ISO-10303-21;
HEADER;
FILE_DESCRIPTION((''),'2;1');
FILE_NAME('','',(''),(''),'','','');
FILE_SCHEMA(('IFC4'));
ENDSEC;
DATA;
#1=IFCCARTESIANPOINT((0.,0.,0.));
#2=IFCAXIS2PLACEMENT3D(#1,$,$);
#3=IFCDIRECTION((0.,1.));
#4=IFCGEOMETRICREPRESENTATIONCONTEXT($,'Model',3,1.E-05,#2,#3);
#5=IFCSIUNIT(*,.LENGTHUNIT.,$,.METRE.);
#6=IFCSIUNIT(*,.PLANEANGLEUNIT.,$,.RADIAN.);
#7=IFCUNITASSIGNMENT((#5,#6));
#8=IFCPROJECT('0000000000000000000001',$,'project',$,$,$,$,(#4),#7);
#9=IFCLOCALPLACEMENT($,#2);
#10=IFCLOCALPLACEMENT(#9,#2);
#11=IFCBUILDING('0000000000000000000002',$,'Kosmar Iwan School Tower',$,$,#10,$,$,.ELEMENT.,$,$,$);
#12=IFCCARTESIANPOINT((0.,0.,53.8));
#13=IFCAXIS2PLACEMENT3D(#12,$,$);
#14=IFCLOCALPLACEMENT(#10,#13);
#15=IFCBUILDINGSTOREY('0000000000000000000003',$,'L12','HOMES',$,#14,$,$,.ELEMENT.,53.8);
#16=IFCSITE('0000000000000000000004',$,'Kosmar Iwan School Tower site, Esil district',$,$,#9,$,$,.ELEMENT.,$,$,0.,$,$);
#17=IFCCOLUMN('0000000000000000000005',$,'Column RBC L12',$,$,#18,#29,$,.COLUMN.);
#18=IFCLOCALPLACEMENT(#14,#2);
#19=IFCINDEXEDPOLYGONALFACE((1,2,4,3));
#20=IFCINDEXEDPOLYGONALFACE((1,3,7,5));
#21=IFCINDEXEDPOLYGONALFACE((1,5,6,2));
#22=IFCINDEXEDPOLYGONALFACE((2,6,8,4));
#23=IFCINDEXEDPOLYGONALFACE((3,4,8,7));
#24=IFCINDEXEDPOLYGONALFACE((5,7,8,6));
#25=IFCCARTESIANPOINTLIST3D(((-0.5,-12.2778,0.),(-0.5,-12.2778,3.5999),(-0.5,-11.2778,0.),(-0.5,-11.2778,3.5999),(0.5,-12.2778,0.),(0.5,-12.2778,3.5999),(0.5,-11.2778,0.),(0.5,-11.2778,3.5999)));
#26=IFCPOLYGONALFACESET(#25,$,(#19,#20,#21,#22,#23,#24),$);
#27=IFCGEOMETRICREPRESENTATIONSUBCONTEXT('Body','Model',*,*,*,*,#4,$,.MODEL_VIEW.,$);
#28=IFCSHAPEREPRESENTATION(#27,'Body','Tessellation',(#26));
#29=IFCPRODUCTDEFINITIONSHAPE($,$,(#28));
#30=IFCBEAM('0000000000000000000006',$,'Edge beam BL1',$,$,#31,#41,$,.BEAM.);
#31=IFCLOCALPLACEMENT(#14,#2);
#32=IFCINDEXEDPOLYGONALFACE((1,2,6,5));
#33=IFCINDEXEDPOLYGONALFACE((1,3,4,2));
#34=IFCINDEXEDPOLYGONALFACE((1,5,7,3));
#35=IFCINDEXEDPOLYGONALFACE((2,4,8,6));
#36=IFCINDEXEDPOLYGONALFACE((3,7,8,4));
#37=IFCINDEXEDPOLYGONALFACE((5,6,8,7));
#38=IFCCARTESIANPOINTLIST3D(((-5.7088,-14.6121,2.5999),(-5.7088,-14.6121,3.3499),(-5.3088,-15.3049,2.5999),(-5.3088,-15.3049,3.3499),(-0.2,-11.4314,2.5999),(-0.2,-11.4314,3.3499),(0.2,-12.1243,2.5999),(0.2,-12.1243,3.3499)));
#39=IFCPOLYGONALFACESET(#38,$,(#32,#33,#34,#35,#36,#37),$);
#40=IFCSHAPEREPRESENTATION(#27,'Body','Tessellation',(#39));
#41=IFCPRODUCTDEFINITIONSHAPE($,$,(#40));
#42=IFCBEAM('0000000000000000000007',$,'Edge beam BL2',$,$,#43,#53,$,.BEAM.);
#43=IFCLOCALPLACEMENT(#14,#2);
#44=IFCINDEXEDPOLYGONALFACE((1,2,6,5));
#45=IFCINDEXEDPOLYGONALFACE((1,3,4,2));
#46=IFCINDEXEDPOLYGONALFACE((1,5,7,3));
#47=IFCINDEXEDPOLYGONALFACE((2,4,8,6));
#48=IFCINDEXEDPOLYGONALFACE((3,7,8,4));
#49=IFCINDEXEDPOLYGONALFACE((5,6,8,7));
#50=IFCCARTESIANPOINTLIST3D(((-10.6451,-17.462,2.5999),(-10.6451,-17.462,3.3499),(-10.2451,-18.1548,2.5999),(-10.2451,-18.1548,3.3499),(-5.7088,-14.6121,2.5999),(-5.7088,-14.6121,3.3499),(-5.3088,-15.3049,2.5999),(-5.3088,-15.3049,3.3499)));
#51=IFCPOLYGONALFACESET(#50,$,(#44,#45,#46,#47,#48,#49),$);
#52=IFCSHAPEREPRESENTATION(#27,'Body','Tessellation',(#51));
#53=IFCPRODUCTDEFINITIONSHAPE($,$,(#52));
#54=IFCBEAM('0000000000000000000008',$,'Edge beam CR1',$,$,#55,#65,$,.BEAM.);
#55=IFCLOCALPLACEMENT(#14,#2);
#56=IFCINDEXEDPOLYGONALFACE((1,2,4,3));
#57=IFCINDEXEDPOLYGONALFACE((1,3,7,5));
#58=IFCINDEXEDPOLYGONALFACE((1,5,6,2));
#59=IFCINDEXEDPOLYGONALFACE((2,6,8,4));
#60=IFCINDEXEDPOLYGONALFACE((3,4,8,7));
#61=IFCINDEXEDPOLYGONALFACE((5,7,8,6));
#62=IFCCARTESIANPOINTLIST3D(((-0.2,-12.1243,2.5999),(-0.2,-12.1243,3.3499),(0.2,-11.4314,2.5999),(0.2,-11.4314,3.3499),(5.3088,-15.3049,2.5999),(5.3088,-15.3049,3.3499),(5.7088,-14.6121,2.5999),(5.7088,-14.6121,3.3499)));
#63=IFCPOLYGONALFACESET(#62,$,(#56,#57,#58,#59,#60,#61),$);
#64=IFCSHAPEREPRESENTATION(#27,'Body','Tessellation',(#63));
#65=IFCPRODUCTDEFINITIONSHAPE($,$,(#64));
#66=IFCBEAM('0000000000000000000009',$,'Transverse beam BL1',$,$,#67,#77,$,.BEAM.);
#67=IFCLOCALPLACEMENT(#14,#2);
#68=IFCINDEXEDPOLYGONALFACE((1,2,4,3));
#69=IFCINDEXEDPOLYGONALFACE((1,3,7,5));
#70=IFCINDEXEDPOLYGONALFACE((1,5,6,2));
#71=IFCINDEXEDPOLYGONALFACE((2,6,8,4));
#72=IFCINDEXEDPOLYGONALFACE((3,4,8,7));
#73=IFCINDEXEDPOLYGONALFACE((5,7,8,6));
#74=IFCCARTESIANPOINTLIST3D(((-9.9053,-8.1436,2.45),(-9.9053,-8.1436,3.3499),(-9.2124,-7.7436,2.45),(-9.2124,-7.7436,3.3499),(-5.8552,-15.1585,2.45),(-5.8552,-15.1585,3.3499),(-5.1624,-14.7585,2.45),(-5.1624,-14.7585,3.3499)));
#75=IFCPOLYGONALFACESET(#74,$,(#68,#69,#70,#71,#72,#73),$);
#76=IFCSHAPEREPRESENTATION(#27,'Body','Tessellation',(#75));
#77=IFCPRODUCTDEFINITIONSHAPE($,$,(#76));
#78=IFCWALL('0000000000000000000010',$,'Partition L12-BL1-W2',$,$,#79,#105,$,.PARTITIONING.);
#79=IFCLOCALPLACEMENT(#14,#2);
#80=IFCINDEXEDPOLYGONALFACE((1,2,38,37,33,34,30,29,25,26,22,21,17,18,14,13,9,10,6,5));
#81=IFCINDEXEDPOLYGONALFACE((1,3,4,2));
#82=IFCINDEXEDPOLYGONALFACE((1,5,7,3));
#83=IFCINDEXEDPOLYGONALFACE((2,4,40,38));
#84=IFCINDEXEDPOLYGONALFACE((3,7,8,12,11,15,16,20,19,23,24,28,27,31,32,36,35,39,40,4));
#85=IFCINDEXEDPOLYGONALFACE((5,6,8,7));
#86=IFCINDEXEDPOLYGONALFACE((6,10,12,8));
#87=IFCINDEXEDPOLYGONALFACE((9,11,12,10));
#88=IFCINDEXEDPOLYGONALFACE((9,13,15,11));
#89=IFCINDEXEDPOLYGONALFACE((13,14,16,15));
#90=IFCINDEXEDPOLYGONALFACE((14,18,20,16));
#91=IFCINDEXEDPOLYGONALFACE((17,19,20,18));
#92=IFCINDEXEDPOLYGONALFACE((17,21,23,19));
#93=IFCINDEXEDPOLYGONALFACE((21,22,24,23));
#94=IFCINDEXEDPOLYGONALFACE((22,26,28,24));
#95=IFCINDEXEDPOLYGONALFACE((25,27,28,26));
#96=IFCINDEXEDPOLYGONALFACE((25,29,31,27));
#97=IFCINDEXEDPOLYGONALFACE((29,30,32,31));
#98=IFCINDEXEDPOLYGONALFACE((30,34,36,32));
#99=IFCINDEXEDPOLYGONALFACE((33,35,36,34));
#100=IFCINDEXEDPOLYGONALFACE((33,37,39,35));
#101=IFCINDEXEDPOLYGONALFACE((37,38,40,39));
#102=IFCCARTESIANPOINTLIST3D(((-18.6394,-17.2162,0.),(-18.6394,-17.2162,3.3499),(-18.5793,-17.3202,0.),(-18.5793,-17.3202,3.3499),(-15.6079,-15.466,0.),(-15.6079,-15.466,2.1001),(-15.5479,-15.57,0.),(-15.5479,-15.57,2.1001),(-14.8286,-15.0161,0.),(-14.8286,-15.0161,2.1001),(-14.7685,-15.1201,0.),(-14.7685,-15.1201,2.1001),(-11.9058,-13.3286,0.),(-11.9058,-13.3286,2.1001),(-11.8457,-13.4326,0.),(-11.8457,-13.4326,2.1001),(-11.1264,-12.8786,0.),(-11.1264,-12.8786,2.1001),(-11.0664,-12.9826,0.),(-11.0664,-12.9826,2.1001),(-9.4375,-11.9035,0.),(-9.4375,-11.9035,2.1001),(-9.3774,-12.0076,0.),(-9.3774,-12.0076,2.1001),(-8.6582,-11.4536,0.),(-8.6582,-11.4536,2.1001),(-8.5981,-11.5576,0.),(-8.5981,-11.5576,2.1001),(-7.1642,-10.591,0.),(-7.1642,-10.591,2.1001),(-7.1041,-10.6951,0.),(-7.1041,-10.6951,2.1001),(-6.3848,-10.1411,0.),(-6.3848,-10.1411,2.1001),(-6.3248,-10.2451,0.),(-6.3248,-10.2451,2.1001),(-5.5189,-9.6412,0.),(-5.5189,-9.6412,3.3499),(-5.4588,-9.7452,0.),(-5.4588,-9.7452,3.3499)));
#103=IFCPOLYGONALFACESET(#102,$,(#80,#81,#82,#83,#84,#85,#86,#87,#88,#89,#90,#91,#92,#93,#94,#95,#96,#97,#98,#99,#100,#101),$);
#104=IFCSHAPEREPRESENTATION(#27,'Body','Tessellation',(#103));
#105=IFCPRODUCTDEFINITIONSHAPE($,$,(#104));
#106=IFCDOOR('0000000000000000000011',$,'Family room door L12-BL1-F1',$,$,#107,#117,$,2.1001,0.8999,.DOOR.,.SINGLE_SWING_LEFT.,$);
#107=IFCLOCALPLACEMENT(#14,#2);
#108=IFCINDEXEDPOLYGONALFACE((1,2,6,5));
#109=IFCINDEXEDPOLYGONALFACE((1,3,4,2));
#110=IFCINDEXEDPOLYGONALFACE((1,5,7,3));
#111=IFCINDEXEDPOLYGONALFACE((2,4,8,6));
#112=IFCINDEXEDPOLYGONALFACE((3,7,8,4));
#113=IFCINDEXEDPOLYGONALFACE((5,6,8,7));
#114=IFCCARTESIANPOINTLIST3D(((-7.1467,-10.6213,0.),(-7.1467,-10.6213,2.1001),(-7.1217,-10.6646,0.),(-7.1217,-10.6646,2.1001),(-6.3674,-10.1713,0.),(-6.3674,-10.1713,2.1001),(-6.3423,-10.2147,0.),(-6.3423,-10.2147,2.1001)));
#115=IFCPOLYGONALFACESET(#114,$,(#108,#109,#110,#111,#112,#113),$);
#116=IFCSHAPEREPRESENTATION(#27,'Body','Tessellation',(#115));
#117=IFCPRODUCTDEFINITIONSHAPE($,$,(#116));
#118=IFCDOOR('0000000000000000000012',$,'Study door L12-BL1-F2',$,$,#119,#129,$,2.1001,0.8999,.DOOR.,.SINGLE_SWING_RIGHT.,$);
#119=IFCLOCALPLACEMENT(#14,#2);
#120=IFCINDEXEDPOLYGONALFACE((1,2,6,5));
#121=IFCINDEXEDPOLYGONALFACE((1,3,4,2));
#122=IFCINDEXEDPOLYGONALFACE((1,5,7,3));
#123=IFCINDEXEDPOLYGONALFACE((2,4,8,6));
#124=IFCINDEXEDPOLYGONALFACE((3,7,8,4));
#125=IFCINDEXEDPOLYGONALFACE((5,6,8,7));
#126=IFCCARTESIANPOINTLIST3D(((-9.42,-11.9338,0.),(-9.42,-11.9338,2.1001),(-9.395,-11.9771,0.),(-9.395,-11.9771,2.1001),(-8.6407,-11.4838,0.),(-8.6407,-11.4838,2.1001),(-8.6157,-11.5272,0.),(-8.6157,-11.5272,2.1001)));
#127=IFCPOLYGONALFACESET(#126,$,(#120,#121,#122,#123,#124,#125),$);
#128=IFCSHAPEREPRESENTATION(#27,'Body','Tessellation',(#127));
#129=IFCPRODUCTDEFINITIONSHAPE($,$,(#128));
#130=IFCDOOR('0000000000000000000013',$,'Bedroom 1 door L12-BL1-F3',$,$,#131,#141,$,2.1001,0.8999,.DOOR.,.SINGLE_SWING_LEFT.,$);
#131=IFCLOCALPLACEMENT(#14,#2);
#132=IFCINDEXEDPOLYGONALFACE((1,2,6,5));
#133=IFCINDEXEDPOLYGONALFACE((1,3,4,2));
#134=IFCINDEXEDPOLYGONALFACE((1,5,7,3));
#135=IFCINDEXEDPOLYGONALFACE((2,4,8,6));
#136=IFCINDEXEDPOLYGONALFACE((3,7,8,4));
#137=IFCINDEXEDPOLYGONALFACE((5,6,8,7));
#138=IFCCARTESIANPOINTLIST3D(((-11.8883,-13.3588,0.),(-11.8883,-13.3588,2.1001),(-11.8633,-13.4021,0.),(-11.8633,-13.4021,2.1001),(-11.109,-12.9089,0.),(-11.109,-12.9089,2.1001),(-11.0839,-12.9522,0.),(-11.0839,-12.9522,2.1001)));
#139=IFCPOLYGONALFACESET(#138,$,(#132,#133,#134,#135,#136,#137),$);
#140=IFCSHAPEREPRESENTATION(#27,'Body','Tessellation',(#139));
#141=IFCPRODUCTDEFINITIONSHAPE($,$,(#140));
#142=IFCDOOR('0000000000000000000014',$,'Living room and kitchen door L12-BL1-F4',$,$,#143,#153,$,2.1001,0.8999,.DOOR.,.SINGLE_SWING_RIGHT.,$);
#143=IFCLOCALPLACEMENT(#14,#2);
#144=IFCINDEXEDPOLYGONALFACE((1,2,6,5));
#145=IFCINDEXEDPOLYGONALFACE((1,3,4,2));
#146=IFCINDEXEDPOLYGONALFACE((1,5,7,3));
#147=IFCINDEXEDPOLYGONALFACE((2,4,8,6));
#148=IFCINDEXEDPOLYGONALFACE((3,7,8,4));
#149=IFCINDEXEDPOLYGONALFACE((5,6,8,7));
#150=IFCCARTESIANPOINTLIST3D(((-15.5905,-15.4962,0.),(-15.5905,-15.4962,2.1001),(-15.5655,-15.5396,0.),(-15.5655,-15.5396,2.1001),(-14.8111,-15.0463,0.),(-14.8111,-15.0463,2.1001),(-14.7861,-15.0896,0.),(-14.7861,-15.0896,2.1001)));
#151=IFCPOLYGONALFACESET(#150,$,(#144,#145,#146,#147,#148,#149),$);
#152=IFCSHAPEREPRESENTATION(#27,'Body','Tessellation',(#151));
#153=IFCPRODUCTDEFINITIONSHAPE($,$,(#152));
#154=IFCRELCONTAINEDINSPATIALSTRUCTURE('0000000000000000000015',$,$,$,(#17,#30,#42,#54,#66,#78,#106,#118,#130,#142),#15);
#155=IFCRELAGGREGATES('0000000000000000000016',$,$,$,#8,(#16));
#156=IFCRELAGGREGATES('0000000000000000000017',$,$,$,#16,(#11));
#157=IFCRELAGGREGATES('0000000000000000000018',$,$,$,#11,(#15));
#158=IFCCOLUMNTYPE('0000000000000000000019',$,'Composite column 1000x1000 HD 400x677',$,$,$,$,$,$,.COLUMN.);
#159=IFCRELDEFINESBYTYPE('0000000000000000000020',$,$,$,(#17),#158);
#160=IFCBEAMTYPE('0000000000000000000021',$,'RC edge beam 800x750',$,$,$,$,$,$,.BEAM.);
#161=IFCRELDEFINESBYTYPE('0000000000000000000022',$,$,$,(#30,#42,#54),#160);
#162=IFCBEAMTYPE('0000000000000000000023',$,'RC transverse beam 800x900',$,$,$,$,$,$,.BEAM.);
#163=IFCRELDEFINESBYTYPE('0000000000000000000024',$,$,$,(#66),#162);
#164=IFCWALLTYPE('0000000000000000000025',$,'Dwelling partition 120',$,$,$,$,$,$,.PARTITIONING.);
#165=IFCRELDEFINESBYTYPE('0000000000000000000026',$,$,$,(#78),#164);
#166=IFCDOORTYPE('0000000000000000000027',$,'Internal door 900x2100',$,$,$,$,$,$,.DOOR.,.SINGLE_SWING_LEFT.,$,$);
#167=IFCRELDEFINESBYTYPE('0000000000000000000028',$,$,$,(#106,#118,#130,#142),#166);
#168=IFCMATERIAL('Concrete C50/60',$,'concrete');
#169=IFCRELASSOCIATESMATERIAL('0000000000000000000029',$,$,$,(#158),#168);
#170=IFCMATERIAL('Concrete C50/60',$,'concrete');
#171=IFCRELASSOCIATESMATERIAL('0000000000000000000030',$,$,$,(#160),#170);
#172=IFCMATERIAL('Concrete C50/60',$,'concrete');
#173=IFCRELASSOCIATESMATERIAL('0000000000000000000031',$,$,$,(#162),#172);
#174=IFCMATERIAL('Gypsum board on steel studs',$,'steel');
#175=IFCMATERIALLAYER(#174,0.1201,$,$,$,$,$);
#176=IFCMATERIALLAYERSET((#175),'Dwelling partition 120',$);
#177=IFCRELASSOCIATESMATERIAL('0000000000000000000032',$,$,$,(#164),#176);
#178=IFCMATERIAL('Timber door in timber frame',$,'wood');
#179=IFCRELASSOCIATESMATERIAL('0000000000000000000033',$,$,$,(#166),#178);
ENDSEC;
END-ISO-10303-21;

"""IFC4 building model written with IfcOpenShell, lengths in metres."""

from ifc_helpers import new_model, si_unit, direction, frame, frame_2d, origin, origin_2d, place, context, subcontext, project, spatial, rectangle, extrude, material, layer, layer_set, material_profile, profile_set, type_object, element, fill, save


model = new_model("IFC4")

# Units and contexts
model_context = context("Model", 3, precision=1e-05, world=origin(), true_north=direction((0.0, 1.0)))
body_context = subcontext(model_context, "Body", "Model", "MODEL_VIEW")
ifc_project = project(units=[si_unit("LENGTHUNIT", "METRE"), si_unit("PLANEANGLEUNIT", "RADIAN")], contexts=[model_context])

# Site, building, storey
site_placement = place(None, origin())
site = spatial("IfcSite", under=ifc_project, at=site_placement, Name="Kosmar Iwan School Tower site, Esil district", CompositionType="ELEMENT", RefElevation=0.0)
building_placement = place(site_placement, origin())
building = spatial("IfcBuilding", under=site, at=building_placement, Name="Kosmar Iwan School Tower", CompositionType="ELEMENT")
storey_placement = place(building_placement, frame((0.0, 0.0, 53.8)))
storey = spatial("IfcBuildingStorey", under=building, at=storey_placement, Name="L12", Description="HOMES", CompositionType="ELEMENT", Elevation=53.8)

# Column
ifc_material_1 = material(Name="Concrete C50/60", Category="concrete")
ifc_material_profile_1 = material_profile(ifc_material_1, rectangle(XDim=1.0, YDim=1.0, at=origin_2d()), Name="RC 1000x1000 + HD 400x677")
ifc_profile_set_1 = profile_set([ifc_material_profile_1], Name="Concrete C50/60")
column_type = type_object("IfcColumnType", Name="Composite column 1000x1000 HD 400x677", PredefinedType="COLUMN", material=ifc_profile_set_1)
column_placement = place(storey_placement, frame((0.0, -11.7778, 0.0), z_axis=(0.0, 0.0, 1.0), x_axis=(1.0, 0.0, 0.0)))
element("IfcColumn", 1, at=column_placement, inside=storey, type_object=column_type, Name="Column RBC L12", PredefinedType="COLUMN", context=body_context, shape_type="SweptSolid", body=[
    extrude(rectangle(XDim=1.0, YDim=1.0, at=origin_2d()), origin(), (0.0, 0.0, 1.0), 3.5999),
])

# Beams
ifc_material_2 = material(Name="Concrete C50/60", Category="concrete")
ifc_material_profile_2 = material_profile(ifc_material_2, rectangle(XDim=0.8, YDim=0.75, at=origin_2d()), Name="RC 800x750")
ifc_profile_set_2 = profile_set([ifc_material_profile_2], Name="Concrete C50/60")
beam_type_1 = type_object("IfcBeamType", Name="RC edge beam 800x750", PredefinedType="BEAM", material=ifc_profile_set_2)
beam_1_placement = place(storey_placement, frame((0.0, -11.7778, 2.9749), z_axis=(-0.866014, -0.500019, 0.0), x_axis=(0.500019, -0.866014, 0.0)))
element("IfcBeam", 2, at=beam_1_placement, inside=storey, type_object=beam_type_1, Name="Edge beam BL1", PredefinedType="BEAM", context=body_context, shape_type="SweptSolid", body=[
    extrude(rectangle(XDim=0.8, YDim=0.75, at=origin_2d()), origin(), (0.0, 0.0, 1.0), 6.3611),
])
beam_2_placement = place(storey_placement, frame((-5.5088, -14.9585, 2.9749), z_axis=(-0.866034, -0.499986, 0.0), x_axis=(0.499986, -0.866034, 0.0)))
element("IfcBeam", 3, at=beam_2_placement, inside=storey, type_object=beam_type_1, Name="Edge beam BL2", PredefinedType="BEAM", context=body_context, shape_type="SweptSolid", body=[
    extrude(rectangle(XDim=0.8, YDim=0.75, at=origin_2d()), origin(), (0.0, 0.0, 1.0), 5.7),
])
beam_3_placement = place(storey_placement, frame((0.0, -11.7778, 2.9749), z_axis=(0.866014, -0.500019, 0.0), x_axis=(0.500019, 0.866014, 0.0)))
element("IfcBeam", 4, at=beam_3_placement, inside=storey, type_object=beam_type_1, Name="Edge beam CR1", PredefinedType="BEAM", context=body_context, shape_type="SweptSolid", body=[
    extrude(rectangle(XDim=0.8, YDim=0.75, at=origin_2d()), origin(), (0.0, 0.0, 1.0), 6.3611),
])
ifc_material_3 = material(Name="Concrete C50/60", Category="concrete")
ifc_material_profile_3 = material_profile(ifc_material_3, rectangle(XDim=0.8, YDim=0.8999, at=origin_2d()), Name="RC 800x900")
ifc_profile_set_3 = profile_set([ifc_material_profile_3], Name="Concrete C50/60")
beam_type_2 = type_object("IfcBeamType", Name="RC transverse beam 800x900", PredefinedType="BEAM", material=ifc_profile_set_3)
beam_4_placement = place(storey_placement, frame((-5.5088, -14.9585, 2.8999), z_axis=(-0.5, 0.866025, 0.0), x_axis=(-0.866025, -0.5, 0.0)))
element("IfcBeam", 5, at=beam_4_placement, inside=storey, type_object=beam_type_2, Name="Transverse beam BL1", PredefinedType="BEAM", context=body_context, shape_type="SweptSolid", body=[
    extrude(rectangle(XDim=0.8, YDim=0.8999, at=origin_2d()), origin(), (0.0, 0.0, 1.0), 8.1001),
])

# Wall, openings, doors
ifc_material_4 = material(Name="Gypsum board on steel studs", Category="steel")
ifc_layer_1 = layer(ifc_material_4, 0.1201)
ifc_layer_set_1 = layer_set([ifc_layer_1], Name="Dwelling partition 120")
wall_type_1 = type_object("IfcWallType", Name="Dwelling partition 120", PredefinedType="PARTITIONING", material=ifc_layer_set_1)
wall_1_placement = place(storey_placement, frame((-5.4888, -9.6931, 0.0), z_axis=(0.0, 0.0, 1.0), x_axis=(-0.866028, -0.499995, 0.0)))
wall_1 = element("IfcWall", 6, at=wall_1_placement, inside=storey, type_object=wall_type_1, Name="Partition L12-BL1-W2", PredefinedType="PARTITIONING", context=body_context, shape_type="SweptSolid", body=[
    extrude(rectangle(XDim=15.1501, YDim=0.1201, at=frame_2d((7.5752, 0.0))), origin(), (0.0, 0.0, 1.0), 3.3499),
])
opening_1_placement = place(wall_1_placement, frame((1.0, 0.0, 0.0)))
opening_1 = element("IfcOpeningElement", 7, at=opening_1_placement, cuts=wall_1, PredefinedType="OPENING", context=body_context, shape_type="SweptSolid", body=[
    extrude(rectangle(XDim=0.8999, YDim=2.1001, at=frame_2d((0.45, 1.05))), frame((0.0, 0.072, 0.0), z_axis=(0.0, -1.0, 0.0), x_axis=(1.0, 0.0, 0.0)), (0.0, 0.0, 1.0), 0.144),
])
opening_2_placement = place(wall_1_placement, frame((3.625, 0.0, 0.0)))
opening_2 = element("IfcOpeningElement", 8, at=opening_2_placement, cuts=wall_1, PredefinedType="OPENING", context=body_context, shape_type="SweptSolid", body=[
    extrude(rectangle(XDim=0.8999, YDim=2.1001, at=frame_2d((0.45, 1.05))), frame((0.0, 0.072, 0.0), z_axis=(0.0, -1.0, 0.0), x_axis=(1.0, 0.0, 0.0)), (0.0, 0.0, 1.0), 0.144),
])
opening_3_placement = place(wall_1_placement, frame((6.4751, 0.0, 0.0)))
opening_3 = element("IfcOpeningElement", 9, at=opening_3_placement, cuts=wall_1, PredefinedType="OPENING", context=body_context, shape_type="SweptSolid", body=[
    extrude(rectangle(XDim=0.8999, YDim=2.1001, at=frame_2d((0.45, 1.05))), frame((0.0, 0.072, 0.0), z_axis=(0.0, -1.0, 0.0), x_axis=(1.0, 0.0, 0.0)), (0.0, 0.0, 1.0), 0.144),
])
opening_4_placement = place(wall_1_placement, frame((10.75, 0.0, 0.0)))
opening_4 = element("IfcOpeningElement", 10, at=opening_4_placement, cuts=wall_1, PredefinedType="OPENING", context=body_context, shape_type="SweptSolid", body=[
    extrude(rectangle(XDim=0.8999, YDim=2.1001, at=frame_2d((0.45, 1.05))), frame((0.0, 0.072, 0.0), z_axis=(0.0, -1.0, 0.0), x_axis=(1.0, 0.0, 0.0)), (0.0, 0.0, 1.0), 0.144),
])
ifc_material_5 = material(Name="Timber door in timber frame", Category="wood")
door_type_1 = type_object("IfcDoorType", Name="Internal door 900x2100", OperationType="SINGLE_SWING_LEFT", PredefinedType="DOOR", material=ifc_material_5)
door_1_placement = place(opening_1_placement, origin())
door_1 = element("IfcDoor", 11, at=door_1_placement, inside=storey, type_object=door_type_1, Name="Family room door L12-BL1-F1", OperationType="SINGLE_SWING_LEFT", OverallHeight=2.1001, OverallWidth=0.8999, PredefinedType="DOOR", context=body_context, shape_type="SweptSolid", body=[
    extrude(rectangle(XDim=0.8999, YDim=2.1001, at=frame_2d((0.45, 1.05))), frame((0.0, 0.0249, 0.0), z_axis=(0.0, -1.0, 0.0), x_axis=(1.0, 0.0, 0.0)), (0.0, 0.0, 1.0), 0.05),
])
fill(opening_1, door_1)
door_2_placement = place(opening_2_placement, origin())
door_2 = element("IfcDoor", 12, at=door_2_placement, inside=storey, type_object=door_type_1, Name="Study door L12-BL1-F2", OperationType="SINGLE_SWING_RIGHT", OverallHeight=2.1001, OverallWidth=0.8999, PredefinedType="DOOR", context=body_context, shape_type="SweptSolid", body=[
    extrude(rectangle(XDim=0.8999, YDim=2.1001, at=frame_2d((0.45, 1.05))), frame((0.0, 0.0249, 0.0), z_axis=(0.0, -1.0, 0.0), x_axis=(1.0, 0.0, 0.0)), (0.0, 0.0, 1.0), 0.05),
])
fill(opening_2, door_2)
door_3_placement = place(opening_3_placement, origin())
door_3 = element("IfcDoor", 13, at=door_3_placement, inside=storey, type_object=door_type_1, Name="Bedroom 1 door L12-BL1-F3", OperationType="SINGLE_SWING_LEFT", OverallHeight=2.1001, OverallWidth=0.8999, PredefinedType="DOOR", context=body_context, shape_type="SweptSolid", body=[
    extrude(rectangle(XDim=0.8999, YDim=2.1001, at=frame_2d((0.45, 1.05))), frame((0.0, 0.0249, 0.0), z_axis=(0.0, -1.0, 0.0), x_axis=(1.0, 0.0, 0.0)), (0.0, 0.0, 1.0), 0.05),
])
fill(opening_3, door_3)
door_4_placement = place(opening_4_placement, origin())
door_4 = element("IfcDoor", 14, at=door_4_placement, inside=storey, type_object=door_type_1, Name="Living room and kitchen door L12-BL1-F4", OperationType="SINGLE_SWING_RIGHT", OverallHeight=2.1001, OverallWidth=0.8999, PredefinedType="DOOR", context=body_context, shape_type="SweptSolid", body=[
    extrude(rectangle(XDim=0.8999, YDim=2.1001, at=frame_2d((0.45, 1.05))), frame((0.0, 0.0249, 0.0), z_axis=(0.0, -1.0, 0.0), x_axis=(1.0, 0.0, 0.0)), (0.0, 0.0, 1.0), 0.05),
])
fill(opening_4, door_4)

save(model, "model.ifc")
